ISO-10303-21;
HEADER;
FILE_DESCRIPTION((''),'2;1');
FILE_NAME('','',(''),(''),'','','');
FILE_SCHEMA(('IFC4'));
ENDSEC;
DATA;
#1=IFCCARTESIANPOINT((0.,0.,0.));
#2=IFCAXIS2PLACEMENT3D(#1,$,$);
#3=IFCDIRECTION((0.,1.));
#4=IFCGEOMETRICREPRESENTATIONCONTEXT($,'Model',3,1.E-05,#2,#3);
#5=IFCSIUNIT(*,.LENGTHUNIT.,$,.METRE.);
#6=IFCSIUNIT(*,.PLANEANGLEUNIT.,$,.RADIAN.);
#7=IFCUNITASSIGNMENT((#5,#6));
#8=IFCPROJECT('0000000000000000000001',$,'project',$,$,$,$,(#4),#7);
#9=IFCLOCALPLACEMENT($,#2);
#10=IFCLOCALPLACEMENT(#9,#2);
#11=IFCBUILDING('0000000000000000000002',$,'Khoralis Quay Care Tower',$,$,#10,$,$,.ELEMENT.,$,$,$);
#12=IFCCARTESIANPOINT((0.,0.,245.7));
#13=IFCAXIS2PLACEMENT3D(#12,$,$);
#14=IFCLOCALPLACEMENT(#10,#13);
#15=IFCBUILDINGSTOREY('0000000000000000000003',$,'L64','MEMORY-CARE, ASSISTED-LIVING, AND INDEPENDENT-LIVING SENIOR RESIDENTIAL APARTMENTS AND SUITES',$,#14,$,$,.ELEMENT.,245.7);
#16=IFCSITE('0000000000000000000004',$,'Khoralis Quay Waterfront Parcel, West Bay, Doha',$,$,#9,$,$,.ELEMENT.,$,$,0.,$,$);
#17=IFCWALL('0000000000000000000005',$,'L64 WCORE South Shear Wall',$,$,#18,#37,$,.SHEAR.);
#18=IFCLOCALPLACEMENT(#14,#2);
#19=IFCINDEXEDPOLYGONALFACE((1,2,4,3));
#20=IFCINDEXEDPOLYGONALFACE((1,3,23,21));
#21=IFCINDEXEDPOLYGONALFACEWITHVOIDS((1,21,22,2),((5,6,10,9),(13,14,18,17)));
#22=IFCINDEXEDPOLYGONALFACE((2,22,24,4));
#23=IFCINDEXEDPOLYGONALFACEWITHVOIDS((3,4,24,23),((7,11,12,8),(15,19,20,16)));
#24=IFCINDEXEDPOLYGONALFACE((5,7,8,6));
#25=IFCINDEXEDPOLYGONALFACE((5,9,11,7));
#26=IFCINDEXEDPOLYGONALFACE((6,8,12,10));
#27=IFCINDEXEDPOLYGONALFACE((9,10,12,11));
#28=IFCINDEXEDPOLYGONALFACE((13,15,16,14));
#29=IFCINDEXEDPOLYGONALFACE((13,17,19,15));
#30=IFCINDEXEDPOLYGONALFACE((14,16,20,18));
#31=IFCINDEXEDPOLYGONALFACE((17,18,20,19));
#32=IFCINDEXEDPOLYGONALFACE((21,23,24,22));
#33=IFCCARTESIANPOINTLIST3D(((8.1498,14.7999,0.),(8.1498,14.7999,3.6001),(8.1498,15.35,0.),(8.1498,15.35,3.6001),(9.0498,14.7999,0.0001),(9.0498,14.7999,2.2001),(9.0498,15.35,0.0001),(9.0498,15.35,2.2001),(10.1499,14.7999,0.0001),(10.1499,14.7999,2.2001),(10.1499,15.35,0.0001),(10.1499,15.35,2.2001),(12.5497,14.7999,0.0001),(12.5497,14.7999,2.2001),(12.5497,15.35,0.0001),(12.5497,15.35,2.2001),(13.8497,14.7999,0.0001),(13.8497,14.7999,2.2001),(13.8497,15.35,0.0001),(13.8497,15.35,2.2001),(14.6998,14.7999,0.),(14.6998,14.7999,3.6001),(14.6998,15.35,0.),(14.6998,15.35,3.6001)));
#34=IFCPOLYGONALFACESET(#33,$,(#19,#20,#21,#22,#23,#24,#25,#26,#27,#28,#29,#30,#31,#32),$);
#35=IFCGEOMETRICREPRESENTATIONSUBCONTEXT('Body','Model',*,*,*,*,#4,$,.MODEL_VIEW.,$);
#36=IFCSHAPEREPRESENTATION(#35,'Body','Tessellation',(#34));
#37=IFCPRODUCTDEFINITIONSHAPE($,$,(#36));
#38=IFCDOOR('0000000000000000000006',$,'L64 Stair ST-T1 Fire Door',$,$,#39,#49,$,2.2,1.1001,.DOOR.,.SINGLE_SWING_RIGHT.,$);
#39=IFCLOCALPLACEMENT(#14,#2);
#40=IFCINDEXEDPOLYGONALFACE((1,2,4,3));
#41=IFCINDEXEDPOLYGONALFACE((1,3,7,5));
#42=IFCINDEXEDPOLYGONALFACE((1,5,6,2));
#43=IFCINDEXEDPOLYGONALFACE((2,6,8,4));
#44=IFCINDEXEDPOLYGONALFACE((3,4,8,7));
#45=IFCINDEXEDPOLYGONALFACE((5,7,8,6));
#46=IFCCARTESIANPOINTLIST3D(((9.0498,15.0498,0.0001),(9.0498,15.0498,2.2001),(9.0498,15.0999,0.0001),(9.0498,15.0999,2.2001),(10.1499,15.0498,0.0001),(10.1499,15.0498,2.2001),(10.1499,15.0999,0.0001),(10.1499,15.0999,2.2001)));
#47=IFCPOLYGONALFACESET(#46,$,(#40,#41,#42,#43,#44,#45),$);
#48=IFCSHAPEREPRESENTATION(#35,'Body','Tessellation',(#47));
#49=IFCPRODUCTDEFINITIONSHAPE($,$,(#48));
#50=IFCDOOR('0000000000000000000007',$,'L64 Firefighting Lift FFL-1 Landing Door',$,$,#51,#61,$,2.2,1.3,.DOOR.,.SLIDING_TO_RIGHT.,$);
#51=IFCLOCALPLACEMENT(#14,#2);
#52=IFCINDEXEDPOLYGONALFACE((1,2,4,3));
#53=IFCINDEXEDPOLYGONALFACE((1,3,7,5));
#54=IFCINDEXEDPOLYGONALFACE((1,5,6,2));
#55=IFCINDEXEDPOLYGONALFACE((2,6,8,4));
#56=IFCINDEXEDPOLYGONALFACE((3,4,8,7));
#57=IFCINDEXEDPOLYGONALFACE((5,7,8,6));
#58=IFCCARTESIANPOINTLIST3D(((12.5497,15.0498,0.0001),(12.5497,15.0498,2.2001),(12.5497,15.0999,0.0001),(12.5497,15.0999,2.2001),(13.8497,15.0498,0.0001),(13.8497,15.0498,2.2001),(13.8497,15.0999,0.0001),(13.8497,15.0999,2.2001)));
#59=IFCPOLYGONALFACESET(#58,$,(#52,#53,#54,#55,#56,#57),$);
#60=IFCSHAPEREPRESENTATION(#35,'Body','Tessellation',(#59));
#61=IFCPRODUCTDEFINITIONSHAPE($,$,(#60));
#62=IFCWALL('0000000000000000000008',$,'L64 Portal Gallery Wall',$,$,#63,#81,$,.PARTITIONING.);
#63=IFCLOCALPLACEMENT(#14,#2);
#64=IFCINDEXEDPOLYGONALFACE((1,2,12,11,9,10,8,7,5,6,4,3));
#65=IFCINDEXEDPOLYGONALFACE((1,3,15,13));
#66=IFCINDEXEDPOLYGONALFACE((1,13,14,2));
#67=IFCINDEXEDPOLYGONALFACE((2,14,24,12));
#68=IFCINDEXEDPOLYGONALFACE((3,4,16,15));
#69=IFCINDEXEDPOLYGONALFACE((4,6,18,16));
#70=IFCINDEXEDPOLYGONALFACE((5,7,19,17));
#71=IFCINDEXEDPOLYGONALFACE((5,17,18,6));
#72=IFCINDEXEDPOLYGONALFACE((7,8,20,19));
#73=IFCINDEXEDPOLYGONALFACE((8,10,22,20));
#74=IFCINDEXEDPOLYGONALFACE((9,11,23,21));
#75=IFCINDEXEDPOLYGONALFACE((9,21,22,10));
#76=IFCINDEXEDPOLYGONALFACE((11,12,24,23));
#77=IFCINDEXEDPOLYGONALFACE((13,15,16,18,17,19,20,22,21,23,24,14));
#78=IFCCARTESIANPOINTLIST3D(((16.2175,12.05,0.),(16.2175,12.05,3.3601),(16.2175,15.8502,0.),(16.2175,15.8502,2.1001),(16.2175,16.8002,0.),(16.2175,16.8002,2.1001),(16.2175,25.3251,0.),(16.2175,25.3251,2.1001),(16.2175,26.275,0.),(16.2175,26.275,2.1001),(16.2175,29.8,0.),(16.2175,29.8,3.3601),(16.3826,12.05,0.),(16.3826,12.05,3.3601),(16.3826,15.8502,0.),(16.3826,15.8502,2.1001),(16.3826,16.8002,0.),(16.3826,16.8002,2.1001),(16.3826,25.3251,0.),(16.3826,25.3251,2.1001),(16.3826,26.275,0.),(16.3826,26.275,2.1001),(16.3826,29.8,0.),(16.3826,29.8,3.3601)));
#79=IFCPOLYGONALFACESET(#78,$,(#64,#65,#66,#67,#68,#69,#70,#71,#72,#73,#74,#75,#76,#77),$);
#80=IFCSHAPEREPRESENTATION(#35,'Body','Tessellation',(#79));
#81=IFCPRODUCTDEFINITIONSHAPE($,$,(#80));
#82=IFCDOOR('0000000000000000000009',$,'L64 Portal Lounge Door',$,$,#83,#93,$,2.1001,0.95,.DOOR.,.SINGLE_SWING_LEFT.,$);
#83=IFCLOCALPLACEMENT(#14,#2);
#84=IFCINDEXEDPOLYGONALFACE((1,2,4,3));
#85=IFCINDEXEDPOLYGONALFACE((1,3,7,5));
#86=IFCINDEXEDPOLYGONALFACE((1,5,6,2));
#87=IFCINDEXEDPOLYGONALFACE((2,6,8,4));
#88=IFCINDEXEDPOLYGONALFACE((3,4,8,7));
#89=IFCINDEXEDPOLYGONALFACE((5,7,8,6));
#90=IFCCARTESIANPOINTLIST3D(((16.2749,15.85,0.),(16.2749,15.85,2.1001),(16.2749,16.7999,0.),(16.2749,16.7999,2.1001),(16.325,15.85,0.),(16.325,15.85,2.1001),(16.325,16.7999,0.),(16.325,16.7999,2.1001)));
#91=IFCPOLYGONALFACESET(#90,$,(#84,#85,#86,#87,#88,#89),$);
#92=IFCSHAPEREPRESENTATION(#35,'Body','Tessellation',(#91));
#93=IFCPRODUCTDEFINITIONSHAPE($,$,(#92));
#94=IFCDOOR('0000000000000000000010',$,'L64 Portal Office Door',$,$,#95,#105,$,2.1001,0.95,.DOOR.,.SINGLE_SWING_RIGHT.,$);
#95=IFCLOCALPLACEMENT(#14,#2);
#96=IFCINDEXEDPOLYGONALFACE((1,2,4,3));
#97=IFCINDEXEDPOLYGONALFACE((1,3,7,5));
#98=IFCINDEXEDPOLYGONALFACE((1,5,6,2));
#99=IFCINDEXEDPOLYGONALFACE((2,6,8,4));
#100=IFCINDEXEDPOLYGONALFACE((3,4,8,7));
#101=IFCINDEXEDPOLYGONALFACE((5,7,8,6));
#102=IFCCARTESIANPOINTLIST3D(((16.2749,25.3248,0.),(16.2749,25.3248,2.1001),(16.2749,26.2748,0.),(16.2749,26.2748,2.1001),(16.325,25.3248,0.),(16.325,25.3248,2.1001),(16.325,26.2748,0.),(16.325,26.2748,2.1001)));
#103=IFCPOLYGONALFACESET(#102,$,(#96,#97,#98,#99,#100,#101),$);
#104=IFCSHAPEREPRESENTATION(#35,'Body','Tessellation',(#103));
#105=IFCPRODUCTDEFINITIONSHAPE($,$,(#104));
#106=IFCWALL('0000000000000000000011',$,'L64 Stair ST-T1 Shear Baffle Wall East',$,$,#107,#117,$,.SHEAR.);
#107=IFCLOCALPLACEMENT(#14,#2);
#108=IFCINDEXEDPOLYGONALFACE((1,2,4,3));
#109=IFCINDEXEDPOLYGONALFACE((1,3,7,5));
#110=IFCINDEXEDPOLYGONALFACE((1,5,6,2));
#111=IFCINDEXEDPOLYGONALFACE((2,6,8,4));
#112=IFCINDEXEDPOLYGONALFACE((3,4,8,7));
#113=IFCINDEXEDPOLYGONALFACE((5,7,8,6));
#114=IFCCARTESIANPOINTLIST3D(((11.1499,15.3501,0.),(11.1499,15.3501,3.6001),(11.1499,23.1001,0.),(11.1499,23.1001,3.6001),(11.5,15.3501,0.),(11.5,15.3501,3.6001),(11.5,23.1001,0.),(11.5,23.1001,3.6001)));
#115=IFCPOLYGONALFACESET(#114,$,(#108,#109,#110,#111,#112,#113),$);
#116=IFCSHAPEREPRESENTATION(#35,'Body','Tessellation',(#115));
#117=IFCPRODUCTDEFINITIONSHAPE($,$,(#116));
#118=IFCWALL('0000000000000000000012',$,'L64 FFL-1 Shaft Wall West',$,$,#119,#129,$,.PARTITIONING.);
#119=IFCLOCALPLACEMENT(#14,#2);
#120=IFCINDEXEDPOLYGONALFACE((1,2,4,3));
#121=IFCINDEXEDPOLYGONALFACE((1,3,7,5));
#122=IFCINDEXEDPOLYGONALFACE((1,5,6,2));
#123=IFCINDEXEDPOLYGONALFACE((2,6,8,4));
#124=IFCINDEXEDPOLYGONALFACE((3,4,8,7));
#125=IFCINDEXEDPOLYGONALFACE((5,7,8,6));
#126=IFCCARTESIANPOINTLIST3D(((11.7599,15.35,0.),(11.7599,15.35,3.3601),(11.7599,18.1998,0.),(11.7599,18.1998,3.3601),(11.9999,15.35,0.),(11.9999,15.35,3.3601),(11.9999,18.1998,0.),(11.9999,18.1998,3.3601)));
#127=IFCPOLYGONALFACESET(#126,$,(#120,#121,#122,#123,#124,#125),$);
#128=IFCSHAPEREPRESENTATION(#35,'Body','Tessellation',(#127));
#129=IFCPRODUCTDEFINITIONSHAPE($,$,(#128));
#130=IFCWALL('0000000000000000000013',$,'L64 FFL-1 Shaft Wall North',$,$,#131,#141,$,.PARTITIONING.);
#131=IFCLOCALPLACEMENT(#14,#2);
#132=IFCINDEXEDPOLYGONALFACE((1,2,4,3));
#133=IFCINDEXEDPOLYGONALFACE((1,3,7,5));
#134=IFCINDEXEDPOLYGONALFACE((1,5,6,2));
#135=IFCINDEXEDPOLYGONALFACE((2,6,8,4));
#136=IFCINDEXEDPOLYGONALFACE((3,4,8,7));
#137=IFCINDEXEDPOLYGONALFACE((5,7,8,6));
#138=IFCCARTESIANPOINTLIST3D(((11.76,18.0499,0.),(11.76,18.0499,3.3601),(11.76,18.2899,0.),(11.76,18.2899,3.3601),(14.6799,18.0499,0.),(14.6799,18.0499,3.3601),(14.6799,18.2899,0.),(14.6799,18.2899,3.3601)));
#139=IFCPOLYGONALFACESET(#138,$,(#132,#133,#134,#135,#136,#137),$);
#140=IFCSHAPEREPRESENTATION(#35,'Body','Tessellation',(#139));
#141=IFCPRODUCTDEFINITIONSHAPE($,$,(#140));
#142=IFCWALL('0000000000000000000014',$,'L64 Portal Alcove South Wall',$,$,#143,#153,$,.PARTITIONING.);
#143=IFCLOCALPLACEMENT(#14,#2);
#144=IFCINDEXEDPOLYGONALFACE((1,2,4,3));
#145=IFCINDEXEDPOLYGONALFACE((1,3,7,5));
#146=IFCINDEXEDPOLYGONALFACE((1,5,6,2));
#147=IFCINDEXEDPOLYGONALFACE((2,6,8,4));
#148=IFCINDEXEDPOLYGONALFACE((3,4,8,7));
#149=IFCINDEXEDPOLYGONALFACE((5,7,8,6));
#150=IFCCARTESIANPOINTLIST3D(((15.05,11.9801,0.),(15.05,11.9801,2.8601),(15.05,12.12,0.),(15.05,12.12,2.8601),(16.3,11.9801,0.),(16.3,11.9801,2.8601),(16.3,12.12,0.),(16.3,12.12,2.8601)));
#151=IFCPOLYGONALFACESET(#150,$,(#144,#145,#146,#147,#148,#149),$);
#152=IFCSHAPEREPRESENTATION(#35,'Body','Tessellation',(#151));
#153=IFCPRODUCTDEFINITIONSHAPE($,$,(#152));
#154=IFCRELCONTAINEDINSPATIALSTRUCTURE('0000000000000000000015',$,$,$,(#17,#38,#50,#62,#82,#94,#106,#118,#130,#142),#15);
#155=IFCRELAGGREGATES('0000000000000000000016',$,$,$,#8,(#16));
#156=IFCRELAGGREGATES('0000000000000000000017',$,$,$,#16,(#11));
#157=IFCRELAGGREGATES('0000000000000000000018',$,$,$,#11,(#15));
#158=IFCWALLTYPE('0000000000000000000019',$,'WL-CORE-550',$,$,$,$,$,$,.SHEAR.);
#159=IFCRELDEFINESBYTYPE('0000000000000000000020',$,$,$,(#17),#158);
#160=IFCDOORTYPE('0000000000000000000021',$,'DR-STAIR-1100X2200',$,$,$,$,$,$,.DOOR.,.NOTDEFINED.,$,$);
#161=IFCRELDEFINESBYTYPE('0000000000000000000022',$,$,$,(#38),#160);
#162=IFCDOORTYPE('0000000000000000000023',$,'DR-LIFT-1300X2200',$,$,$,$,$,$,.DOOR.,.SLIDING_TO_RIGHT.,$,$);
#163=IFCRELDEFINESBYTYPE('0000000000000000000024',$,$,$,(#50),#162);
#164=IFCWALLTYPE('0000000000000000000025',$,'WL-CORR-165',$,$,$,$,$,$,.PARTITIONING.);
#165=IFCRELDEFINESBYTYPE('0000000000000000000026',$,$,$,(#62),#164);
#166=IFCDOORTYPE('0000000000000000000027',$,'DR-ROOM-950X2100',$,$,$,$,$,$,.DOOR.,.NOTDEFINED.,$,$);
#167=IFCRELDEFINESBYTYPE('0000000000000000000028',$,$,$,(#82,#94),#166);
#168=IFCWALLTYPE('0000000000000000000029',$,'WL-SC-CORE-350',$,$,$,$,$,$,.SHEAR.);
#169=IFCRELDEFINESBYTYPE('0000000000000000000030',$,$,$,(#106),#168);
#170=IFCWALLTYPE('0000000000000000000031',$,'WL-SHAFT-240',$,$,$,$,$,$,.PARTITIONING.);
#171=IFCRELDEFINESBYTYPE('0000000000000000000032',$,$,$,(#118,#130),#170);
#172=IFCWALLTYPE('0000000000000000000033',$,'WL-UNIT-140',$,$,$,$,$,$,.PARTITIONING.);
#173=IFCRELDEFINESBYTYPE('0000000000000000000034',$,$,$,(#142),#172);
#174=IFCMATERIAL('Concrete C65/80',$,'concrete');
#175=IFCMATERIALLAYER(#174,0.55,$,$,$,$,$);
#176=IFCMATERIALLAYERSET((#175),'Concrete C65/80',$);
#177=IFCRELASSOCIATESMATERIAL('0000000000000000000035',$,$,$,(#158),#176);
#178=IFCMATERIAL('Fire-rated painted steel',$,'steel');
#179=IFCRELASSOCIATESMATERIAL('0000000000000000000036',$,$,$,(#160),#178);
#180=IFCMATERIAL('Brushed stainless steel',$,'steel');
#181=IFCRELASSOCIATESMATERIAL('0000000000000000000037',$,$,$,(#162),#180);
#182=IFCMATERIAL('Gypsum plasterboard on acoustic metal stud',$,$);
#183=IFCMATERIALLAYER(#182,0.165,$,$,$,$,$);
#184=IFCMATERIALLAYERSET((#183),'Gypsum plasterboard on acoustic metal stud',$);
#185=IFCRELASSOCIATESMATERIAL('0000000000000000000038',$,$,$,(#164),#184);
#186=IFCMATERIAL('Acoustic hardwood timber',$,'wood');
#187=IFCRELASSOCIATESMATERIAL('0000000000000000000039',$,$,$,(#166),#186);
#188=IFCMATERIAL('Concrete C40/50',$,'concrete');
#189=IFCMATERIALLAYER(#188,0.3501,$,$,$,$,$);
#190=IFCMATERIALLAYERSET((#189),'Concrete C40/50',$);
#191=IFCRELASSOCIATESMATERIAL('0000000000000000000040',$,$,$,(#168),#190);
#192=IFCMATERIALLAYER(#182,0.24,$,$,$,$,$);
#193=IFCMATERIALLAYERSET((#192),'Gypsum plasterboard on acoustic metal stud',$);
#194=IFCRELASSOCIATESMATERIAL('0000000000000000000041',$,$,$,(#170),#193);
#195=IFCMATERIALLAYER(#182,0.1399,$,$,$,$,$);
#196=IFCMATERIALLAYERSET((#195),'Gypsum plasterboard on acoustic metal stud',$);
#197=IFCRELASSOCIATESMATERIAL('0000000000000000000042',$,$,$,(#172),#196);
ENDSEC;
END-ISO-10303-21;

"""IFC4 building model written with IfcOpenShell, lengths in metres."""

from ifc_helpers import new_model, si_unit, direction, frame, frame_2d, origin, place, context, subcontext, project, spatial, rectangle, extrude, source, transform, mapped, material, layer, layer_set, type_object, element, fill, save


model = new_model("IFC4")

# Units and contexts
model_context = context("Model", 3, precision=1e-05, world=origin(), true_north=direction((0.0, 1.0)))
body_context = subcontext(model_context, "Body", "Model", "MODEL_VIEW")
ifc_project = project(units=[si_unit("LENGTHUNIT", "METRE"), si_unit("PLANEANGLEUNIT", "RADIAN")], contexts=[model_context])

# Site, building, storey
site_placement = place(None, origin())
site = spatial("IfcSite", under=ifc_project, at=site_placement, Name="Khoralis Quay Waterfront Parcel, West Bay, Doha", CompositionType="ELEMENT", RefElevation=0.0)
building_placement = place(site_placement, origin())
building = spatial("IfcBuilding", under=site, at=building_placement, Name="Khoralis Quay Care Tower", CompositionType="ELEMENT")
storey_placement = place(building_placement, frame((0.0, 0.0, 245.7)))
storey = spatial("IfcBuildingStorey", under=building, at=storey_placement, Name="L64", Description="MEMORY-CARE, ASSISTED-LIVING, AND INDEPENDENT-LIVING SENIOR RESIDENTIAL APARTMENTS AND SUITES", CompositionType="ELEMENT", Elevation=245.7)

# Shared definitions
ifc_material_1 = material(Name="Gypsum plasterboard on acoustic metal stud")

# Shared definitions
ifc_material_2 = material(Name="Concrete C65/80", Category="concrete")
ifc_layer_1 = layer(ifc_material_2, 0.55)
ifc_layer_set_1 = layer_set([ifc_layer_1], Name="Concrete C65/80")
wall_type_1 = type_object("IfcWallType", Name="WL-CORE-550", PredefinedType="SHEAR", material=ifc_layer_set_1)
ifc_material_3 = material(Name="Fire-rated painted steel", Category="steel")
door_type_1 = type_object("IfcDoorType", Name="DR-STAIR-1100X2200", OperationType="NOTDEFINED", PredefinedType="DOOR", material=ifc_material_3)
shared_shape_1 = source(origin(), body_context, "Body", "SweptSolid", [
    extrude(rectangle(XDim=1.1001, YDim=2.2, at=frame_2d((0.55, 1.1001))), frame((0.0, 0.0249, 0.0), z_axis=(0.0, -1.0, 0.0), x_axis=(1.0, 0.0, 0.0)), (0.0, 0.0, 1.0), 0.05),
])

# Walls, openings, doors
wall_1_placement = place(storey_placement, frame((8.1499, 15.075, 0.0), z_axis=(0.0, 0.0, 1.0), x_axis=(1.0, 0.0, 0.0)))
wall_1 = element("IfcWall", 1, at=wall_1_placement, inside=storey, type_object=wall_type_1, Name="L64 WCORE South Shear Wall", PredefinedType="SHEAR", context=body_context, shape_type="SweptSolid", body=[
    extrude(rectangle(XDim=6.55, YDim=0.55, at=frame_2d((3.2749, 0.0))), origin(), (0.0, 0.0, 1.0), 3.6001),
])
opening_1_placement = place(wall_1_placement, frame((0.8999, 0.0, 0.0)))
opening_1 = element("IfcOpeningElement", 2, at=opening_1_placement, cuts=wall_1, PredefinedType="OPENING", context=body_context, shape_type="SweptSolid", body=[
    extrude(rectangle(XDim=1.1001, YDim=2.2, at=frame_2d((0.55, 1.1001))), frame((0.0, 0.2852, 0.0), z_axis=(0.0, -1.0, 0.0), x_axis=(1.0, 0.0, 0.0)), (0.0, 0.0, 1.0), 0.5701),
])
opening_2_placement = place(wall_1_placement, frame((4.3999, 0.0, 0.0)))
opening_2 = element("IfcOpeningElement", 3, at=opening_2_placement, cuts=wall_1, PredefinedType="OPENING", context=body_context, shape_type="SweptSolid", body=[
    extrude(rectangle(XDim=1.3, YDim=2.2, at=frame_2d((0.6499, 1.1001))), frame((0.0, 0.2852, 0.0), z_axis=(0.0, -1.0, 0.0), x_axis=(1.0, 0.0, 0.0)), (0.0, 0.0, 1.0), 0.5701),
])
door_1_placement = place(opening_1_placement, origin())
door_1 = element("IfcDoor", 4, at=door_1_placement, inside=storey, type_object=door_type_1, Name="L64 Stair ST-T1 Fire Door", OperationType="SINGLE_SWING_RIGHT", OverallHeight=2.2, OverallWidth=1.1001, PredefinedType="DOOR", context=body_context, shape_type="MappedRepresentation", body=[
    mapped(shared_shape_1, transform((0.0, 0.0, 0.0), scale=1.0)),
])
fill(opening_1, door_1)
ifc_material_4 = material(Name="Brushed stainless steel", Category="steel")
door_type_2 = type_object("IfcDoorType", Name="DR-LIFT-1300X2200", OperationType="SLIDING_TO_RIGHT", PredefinedType="DOOR", material=ifc_material_4)
shared_shape_2 = source(origin(), body_context, "Body", "SweptSolid", [
    extrude(rectangle(XDim=1.3, YDim=2.2, at=frame_2d((0.6499, 1.1001))), frame((0.0, 0.0249, 0.0), z_axis=(0.0, -1.0, 0.0), x_axis=(1.0, 0.0, 0.0)), (0.0, 0.0, 1.0), 0.05),
])
door_2_placement = place(opening_2_placement, origin())
door_2 = element("IfcDoor", 5, at=door_2_placement, inside=storey, type_object=door_type_2, Name="L64 Firefighting Lift FFL-1 Landing Door", OperationType="SLIDING_TO_RIGHT", OverallHeight=2.2, OverallWidth=1.3, PredefinedType="DOOR", context=body_context, shape_type="MappedRepresentation", body=[
    mapped(shared_shape_2, transform((0.0, 0.0, 0.0), scale=1.0)),
])
fill(opening_2, door_2)
ifc_layer_2 = layer(ifc_material_1, 0.165)
ifc_layer_set_2 = layer_set([ifc_layer_2], Name="Gypsum plasterboard on acoustic metal stud")
wall_type_2 = type_object("IfcWallType", Name="WL-CORR-165", PredefinedType="PARTITIONING", material=ifc_layer_set_2)
wall_2_placement = place(storey_placement, frame((16.3, 12.05, 0.0), z_axis=(0.0, 0.0, 1.0), x_axis=(0.0, 1.0, 0.0)))
wall_2 = element("IfcWall", 6, at=wall_2_placement, inside=storey, type_object=wall_type_2, Name="L64 Portal Gallery Wall", PredefinedType="PARTITIONING", context=body_context, shape_type="SweptSolid", body=[
    extrude(rectangle(XDim=17.75, YDim=0.165, at=frame_2d((8.875, 0.0))), origin(), (0.0, 0.0, 1.0), 3.3601),
])
opening_3_placement = place(wall_2_placement, frame((3.8, 0.0, 0.0)))
opening_3 = element("IfcOpeningElement", 7, at=opening_3_placement, cuts=wall_2, PredefinedType="OPENING", context=body_context, shape_type="SweptSolid", body=[
    extrude(rectangle(XDim=0.95, YDim=2.1001, at=frame_2d((0.4751, 1.05))), frame((0.0, 0.0925, 0.0), z_axis=(0.0, -1.0, 0.0), x_axis=(1.0, 0.0, 0.0)), (0.0, 0.0, 1.0), 0.1851),
])
opening_4_placement = place(wall_2_placement, frame((13.2749, 0.0, 0.0)))
opening_4 = element("IfcOpeningElement", 8, at=opening_4_placement, cuts=wall_2, PredefinedType="OPENING", context=body_context, shape_type="SweptSolid", body=[
    extrude(rectangle(XDim=0.95, YDim=2.1001, at=frame_2d((0.4751, 1.05))), frame((0.0, 0.0925, 0.0), z_axis=(0.0, -1.0, 0.0), x_axis=(1.0, 0.0, 0.0)), (0.0, 0.0, 1.0), 0.1851),
])
ifc_material_5 = material(Name="Acoustic hardwood timber", Category="wood")
door_type_3 = type_object("IfcDoorType", Name="DR-ROOM-950X2100", OperationType="NOTDEFINED", PredefinedType="DOOR", material=ifc_material_5)
shared_shape_3 = source(origin(), body_context, "Body", "SweptSolid", [
    extrude(rectangle(XDim=0.95, YDim=2.1001, at=frame_2d((0.4751, 1.05))), frame((0.0, 0.0249, 0.0), z_axis=(0.0, -1.0, 0.0), x_axis=(1.0, 0.0, 0.0)), (0.0, 0.0, 1.0), 0.05),
])
door_3_placement = place(opening_3_placement, frame((0.95, 0.0, 0.0), z_axis=(0.0, 0.0, 1.0), x_axis=(-1.0, 0.0, 0.0)))
door_3 = element("IfcDoor", 9, at=door_3_placement, inside=storey, type_object=door_type_3, Name="L64 Portal Lounge Door", OperationType="SINGLE_SWING_LEFT", OverallHeight=2.1001, OverallWidth=0.95, PredefinedType="DOOR", context=body_context, shape_type="MappedRepresentation", body=[
    mapped(shared_shape_3, transform((0.0, 0.0, 0.0), scale=1.0)),
])
fill(opening_3, door_3)
door_4_placement = place(opening_4_placement, frame((0.95, 0.0, 0.0), z_axis=(0.0, 0.0, 1.0), x_axis=(-1.0, 0.0, 0.0)))
door_4 = element("IfcDoor", 10, at=door_4_placement, inside=storey, type_object=door_type_3, Name="L64 Portal Office Door", OperationType="SINGLE_SWING_RIGHT", OverallHeight=2.1001, OverallWidth=0.95, PredefinedType="DOOR", context=body_context, shape_type="MappedRepresentation", body=[
    mapped(shared_shape_3, transform((0.0, 0.0, 0.0), scale=1.0)),
])
fill(opening_4, door_4)

# Walls
ifc_material_6 = material(Name="Concrete C40/50", Category="concrete")
ifc_layer_3 = layer(ifc_material_6, 0.3501)
ifc_layer_set_3 = layer_set([ifc_layer_3], Name="Concrete C40/50")
wall_type_3 = type_object("IfcWallType", Name="WL-SC-CORE-350", PredefinedType="SHEAR", material=ifc_layer_set_3)
wall_3_placement = place(storey_placement, frame((11.325, 15.3501, 0.0), z_axis=(0.0, 0.0, 1.0), x_axis=(0.0, 1.0, 0.0)))
element("IfcWall", 11, at=wall_3_placement, inside=storey, type_object=wall_type_3, Name="L64 Stair ST-T1 Shear Baffle Wall East", PredefinedType="SHEAR", context=body_context, shape_type="SweptSolid", body=[
    extrude(rectangle(XDim=7.75, YDim=0.3501, at=frame_2d((3.875, 0.0))), origin(), (0.0, 0.0, 1.0), 3.6001),
])
ifc_layer_4 = layer(ifc_material_1, 0.24)
ifc_layer_set_4 = layer_set([ifc_layer_4], Name="Gypsum plasterboard on acoustic metal stud")
wall_type_4 = type_object("IfcWallType", Name="WL-SHAFT-240", PredefinedType="PARTITIONING", material=ifc_layer_set_4)
wall_4_placement = place(storey_placement, frame((11.8799, 15.3501, 0.0), z_axis=(0.0, 0.0, 1.0), x_axis=(0.0, 1.0, 0.0)))
element("IfcWall", 12, at=wall_4_placement, inside=storey, type_object=wall_type_4, Name="L64 FFL-1 Shaft Wall West", PredefinedType="PARTITIONING", context=body_context, shape_type="SweptSolid", body=[
    extrude(rectangle(XDim=2.8499, YDim=0.24, at=frame_2d((1.4248, 0.0))), origin(), (0.0, 0.0, 1.0), 3.3601),
])
wall_5_placement = place(storey_placement, frame((11.76, 18.1699, 0.0), z_axis=(0.0, 0.0, 1.0), x_axis=(1.0, 0.0, 0.0)))
element("IfcWall", 13, at=wall_5_placement, inside=storey, type_object=wall_type_4, Name="L64 FFL-1 Shaft Wall North", PredefinedType="PARTITIONING", context=body_context, shape_type="SweptSolid", body=[
    extrude(rectangle(XDim=2.9199, YDim=0.24, at=frame_2d((1.46, 0.0))), origin(), (0.0, 0.0, 1.0), 3.3601),
])
ifc_layer_5 = layer(ifc_material_1, 0.1399)
ifc_layer_set_5 = layer_set([ifc_layer_5], Name="Gypsum plasterboard on acoustic metal stud")
wall_type_5 = type_object("IfcWallType", Name="WL-UNIT-140", PredefinedType="PARTITIONING", material=ifc_layer_set_5)
wall_6_placement = place(storey_placement, frame((15.05, 12.05, 0.0), z_axis=(0.0, 0.0, 1.0), x_axis=(1.0, 0.0, 0.0)))
element("IfcWall", 14, at=wall_6_placement, inside=storey, type_object=wall_type_5, Name="L64 Portal Alcove South Wall", PredefinedType="PARTITIONING", context=body_context, shape_type="SweptSolid", body=[
    extrude(rectangle(XDim=1.25, YDim=0.1399, at=frame_2d((0.625, 0.0))), origin(), (0.0, 0.0, 1.0), 2.8601),
])

save(model, "model.ifc")
